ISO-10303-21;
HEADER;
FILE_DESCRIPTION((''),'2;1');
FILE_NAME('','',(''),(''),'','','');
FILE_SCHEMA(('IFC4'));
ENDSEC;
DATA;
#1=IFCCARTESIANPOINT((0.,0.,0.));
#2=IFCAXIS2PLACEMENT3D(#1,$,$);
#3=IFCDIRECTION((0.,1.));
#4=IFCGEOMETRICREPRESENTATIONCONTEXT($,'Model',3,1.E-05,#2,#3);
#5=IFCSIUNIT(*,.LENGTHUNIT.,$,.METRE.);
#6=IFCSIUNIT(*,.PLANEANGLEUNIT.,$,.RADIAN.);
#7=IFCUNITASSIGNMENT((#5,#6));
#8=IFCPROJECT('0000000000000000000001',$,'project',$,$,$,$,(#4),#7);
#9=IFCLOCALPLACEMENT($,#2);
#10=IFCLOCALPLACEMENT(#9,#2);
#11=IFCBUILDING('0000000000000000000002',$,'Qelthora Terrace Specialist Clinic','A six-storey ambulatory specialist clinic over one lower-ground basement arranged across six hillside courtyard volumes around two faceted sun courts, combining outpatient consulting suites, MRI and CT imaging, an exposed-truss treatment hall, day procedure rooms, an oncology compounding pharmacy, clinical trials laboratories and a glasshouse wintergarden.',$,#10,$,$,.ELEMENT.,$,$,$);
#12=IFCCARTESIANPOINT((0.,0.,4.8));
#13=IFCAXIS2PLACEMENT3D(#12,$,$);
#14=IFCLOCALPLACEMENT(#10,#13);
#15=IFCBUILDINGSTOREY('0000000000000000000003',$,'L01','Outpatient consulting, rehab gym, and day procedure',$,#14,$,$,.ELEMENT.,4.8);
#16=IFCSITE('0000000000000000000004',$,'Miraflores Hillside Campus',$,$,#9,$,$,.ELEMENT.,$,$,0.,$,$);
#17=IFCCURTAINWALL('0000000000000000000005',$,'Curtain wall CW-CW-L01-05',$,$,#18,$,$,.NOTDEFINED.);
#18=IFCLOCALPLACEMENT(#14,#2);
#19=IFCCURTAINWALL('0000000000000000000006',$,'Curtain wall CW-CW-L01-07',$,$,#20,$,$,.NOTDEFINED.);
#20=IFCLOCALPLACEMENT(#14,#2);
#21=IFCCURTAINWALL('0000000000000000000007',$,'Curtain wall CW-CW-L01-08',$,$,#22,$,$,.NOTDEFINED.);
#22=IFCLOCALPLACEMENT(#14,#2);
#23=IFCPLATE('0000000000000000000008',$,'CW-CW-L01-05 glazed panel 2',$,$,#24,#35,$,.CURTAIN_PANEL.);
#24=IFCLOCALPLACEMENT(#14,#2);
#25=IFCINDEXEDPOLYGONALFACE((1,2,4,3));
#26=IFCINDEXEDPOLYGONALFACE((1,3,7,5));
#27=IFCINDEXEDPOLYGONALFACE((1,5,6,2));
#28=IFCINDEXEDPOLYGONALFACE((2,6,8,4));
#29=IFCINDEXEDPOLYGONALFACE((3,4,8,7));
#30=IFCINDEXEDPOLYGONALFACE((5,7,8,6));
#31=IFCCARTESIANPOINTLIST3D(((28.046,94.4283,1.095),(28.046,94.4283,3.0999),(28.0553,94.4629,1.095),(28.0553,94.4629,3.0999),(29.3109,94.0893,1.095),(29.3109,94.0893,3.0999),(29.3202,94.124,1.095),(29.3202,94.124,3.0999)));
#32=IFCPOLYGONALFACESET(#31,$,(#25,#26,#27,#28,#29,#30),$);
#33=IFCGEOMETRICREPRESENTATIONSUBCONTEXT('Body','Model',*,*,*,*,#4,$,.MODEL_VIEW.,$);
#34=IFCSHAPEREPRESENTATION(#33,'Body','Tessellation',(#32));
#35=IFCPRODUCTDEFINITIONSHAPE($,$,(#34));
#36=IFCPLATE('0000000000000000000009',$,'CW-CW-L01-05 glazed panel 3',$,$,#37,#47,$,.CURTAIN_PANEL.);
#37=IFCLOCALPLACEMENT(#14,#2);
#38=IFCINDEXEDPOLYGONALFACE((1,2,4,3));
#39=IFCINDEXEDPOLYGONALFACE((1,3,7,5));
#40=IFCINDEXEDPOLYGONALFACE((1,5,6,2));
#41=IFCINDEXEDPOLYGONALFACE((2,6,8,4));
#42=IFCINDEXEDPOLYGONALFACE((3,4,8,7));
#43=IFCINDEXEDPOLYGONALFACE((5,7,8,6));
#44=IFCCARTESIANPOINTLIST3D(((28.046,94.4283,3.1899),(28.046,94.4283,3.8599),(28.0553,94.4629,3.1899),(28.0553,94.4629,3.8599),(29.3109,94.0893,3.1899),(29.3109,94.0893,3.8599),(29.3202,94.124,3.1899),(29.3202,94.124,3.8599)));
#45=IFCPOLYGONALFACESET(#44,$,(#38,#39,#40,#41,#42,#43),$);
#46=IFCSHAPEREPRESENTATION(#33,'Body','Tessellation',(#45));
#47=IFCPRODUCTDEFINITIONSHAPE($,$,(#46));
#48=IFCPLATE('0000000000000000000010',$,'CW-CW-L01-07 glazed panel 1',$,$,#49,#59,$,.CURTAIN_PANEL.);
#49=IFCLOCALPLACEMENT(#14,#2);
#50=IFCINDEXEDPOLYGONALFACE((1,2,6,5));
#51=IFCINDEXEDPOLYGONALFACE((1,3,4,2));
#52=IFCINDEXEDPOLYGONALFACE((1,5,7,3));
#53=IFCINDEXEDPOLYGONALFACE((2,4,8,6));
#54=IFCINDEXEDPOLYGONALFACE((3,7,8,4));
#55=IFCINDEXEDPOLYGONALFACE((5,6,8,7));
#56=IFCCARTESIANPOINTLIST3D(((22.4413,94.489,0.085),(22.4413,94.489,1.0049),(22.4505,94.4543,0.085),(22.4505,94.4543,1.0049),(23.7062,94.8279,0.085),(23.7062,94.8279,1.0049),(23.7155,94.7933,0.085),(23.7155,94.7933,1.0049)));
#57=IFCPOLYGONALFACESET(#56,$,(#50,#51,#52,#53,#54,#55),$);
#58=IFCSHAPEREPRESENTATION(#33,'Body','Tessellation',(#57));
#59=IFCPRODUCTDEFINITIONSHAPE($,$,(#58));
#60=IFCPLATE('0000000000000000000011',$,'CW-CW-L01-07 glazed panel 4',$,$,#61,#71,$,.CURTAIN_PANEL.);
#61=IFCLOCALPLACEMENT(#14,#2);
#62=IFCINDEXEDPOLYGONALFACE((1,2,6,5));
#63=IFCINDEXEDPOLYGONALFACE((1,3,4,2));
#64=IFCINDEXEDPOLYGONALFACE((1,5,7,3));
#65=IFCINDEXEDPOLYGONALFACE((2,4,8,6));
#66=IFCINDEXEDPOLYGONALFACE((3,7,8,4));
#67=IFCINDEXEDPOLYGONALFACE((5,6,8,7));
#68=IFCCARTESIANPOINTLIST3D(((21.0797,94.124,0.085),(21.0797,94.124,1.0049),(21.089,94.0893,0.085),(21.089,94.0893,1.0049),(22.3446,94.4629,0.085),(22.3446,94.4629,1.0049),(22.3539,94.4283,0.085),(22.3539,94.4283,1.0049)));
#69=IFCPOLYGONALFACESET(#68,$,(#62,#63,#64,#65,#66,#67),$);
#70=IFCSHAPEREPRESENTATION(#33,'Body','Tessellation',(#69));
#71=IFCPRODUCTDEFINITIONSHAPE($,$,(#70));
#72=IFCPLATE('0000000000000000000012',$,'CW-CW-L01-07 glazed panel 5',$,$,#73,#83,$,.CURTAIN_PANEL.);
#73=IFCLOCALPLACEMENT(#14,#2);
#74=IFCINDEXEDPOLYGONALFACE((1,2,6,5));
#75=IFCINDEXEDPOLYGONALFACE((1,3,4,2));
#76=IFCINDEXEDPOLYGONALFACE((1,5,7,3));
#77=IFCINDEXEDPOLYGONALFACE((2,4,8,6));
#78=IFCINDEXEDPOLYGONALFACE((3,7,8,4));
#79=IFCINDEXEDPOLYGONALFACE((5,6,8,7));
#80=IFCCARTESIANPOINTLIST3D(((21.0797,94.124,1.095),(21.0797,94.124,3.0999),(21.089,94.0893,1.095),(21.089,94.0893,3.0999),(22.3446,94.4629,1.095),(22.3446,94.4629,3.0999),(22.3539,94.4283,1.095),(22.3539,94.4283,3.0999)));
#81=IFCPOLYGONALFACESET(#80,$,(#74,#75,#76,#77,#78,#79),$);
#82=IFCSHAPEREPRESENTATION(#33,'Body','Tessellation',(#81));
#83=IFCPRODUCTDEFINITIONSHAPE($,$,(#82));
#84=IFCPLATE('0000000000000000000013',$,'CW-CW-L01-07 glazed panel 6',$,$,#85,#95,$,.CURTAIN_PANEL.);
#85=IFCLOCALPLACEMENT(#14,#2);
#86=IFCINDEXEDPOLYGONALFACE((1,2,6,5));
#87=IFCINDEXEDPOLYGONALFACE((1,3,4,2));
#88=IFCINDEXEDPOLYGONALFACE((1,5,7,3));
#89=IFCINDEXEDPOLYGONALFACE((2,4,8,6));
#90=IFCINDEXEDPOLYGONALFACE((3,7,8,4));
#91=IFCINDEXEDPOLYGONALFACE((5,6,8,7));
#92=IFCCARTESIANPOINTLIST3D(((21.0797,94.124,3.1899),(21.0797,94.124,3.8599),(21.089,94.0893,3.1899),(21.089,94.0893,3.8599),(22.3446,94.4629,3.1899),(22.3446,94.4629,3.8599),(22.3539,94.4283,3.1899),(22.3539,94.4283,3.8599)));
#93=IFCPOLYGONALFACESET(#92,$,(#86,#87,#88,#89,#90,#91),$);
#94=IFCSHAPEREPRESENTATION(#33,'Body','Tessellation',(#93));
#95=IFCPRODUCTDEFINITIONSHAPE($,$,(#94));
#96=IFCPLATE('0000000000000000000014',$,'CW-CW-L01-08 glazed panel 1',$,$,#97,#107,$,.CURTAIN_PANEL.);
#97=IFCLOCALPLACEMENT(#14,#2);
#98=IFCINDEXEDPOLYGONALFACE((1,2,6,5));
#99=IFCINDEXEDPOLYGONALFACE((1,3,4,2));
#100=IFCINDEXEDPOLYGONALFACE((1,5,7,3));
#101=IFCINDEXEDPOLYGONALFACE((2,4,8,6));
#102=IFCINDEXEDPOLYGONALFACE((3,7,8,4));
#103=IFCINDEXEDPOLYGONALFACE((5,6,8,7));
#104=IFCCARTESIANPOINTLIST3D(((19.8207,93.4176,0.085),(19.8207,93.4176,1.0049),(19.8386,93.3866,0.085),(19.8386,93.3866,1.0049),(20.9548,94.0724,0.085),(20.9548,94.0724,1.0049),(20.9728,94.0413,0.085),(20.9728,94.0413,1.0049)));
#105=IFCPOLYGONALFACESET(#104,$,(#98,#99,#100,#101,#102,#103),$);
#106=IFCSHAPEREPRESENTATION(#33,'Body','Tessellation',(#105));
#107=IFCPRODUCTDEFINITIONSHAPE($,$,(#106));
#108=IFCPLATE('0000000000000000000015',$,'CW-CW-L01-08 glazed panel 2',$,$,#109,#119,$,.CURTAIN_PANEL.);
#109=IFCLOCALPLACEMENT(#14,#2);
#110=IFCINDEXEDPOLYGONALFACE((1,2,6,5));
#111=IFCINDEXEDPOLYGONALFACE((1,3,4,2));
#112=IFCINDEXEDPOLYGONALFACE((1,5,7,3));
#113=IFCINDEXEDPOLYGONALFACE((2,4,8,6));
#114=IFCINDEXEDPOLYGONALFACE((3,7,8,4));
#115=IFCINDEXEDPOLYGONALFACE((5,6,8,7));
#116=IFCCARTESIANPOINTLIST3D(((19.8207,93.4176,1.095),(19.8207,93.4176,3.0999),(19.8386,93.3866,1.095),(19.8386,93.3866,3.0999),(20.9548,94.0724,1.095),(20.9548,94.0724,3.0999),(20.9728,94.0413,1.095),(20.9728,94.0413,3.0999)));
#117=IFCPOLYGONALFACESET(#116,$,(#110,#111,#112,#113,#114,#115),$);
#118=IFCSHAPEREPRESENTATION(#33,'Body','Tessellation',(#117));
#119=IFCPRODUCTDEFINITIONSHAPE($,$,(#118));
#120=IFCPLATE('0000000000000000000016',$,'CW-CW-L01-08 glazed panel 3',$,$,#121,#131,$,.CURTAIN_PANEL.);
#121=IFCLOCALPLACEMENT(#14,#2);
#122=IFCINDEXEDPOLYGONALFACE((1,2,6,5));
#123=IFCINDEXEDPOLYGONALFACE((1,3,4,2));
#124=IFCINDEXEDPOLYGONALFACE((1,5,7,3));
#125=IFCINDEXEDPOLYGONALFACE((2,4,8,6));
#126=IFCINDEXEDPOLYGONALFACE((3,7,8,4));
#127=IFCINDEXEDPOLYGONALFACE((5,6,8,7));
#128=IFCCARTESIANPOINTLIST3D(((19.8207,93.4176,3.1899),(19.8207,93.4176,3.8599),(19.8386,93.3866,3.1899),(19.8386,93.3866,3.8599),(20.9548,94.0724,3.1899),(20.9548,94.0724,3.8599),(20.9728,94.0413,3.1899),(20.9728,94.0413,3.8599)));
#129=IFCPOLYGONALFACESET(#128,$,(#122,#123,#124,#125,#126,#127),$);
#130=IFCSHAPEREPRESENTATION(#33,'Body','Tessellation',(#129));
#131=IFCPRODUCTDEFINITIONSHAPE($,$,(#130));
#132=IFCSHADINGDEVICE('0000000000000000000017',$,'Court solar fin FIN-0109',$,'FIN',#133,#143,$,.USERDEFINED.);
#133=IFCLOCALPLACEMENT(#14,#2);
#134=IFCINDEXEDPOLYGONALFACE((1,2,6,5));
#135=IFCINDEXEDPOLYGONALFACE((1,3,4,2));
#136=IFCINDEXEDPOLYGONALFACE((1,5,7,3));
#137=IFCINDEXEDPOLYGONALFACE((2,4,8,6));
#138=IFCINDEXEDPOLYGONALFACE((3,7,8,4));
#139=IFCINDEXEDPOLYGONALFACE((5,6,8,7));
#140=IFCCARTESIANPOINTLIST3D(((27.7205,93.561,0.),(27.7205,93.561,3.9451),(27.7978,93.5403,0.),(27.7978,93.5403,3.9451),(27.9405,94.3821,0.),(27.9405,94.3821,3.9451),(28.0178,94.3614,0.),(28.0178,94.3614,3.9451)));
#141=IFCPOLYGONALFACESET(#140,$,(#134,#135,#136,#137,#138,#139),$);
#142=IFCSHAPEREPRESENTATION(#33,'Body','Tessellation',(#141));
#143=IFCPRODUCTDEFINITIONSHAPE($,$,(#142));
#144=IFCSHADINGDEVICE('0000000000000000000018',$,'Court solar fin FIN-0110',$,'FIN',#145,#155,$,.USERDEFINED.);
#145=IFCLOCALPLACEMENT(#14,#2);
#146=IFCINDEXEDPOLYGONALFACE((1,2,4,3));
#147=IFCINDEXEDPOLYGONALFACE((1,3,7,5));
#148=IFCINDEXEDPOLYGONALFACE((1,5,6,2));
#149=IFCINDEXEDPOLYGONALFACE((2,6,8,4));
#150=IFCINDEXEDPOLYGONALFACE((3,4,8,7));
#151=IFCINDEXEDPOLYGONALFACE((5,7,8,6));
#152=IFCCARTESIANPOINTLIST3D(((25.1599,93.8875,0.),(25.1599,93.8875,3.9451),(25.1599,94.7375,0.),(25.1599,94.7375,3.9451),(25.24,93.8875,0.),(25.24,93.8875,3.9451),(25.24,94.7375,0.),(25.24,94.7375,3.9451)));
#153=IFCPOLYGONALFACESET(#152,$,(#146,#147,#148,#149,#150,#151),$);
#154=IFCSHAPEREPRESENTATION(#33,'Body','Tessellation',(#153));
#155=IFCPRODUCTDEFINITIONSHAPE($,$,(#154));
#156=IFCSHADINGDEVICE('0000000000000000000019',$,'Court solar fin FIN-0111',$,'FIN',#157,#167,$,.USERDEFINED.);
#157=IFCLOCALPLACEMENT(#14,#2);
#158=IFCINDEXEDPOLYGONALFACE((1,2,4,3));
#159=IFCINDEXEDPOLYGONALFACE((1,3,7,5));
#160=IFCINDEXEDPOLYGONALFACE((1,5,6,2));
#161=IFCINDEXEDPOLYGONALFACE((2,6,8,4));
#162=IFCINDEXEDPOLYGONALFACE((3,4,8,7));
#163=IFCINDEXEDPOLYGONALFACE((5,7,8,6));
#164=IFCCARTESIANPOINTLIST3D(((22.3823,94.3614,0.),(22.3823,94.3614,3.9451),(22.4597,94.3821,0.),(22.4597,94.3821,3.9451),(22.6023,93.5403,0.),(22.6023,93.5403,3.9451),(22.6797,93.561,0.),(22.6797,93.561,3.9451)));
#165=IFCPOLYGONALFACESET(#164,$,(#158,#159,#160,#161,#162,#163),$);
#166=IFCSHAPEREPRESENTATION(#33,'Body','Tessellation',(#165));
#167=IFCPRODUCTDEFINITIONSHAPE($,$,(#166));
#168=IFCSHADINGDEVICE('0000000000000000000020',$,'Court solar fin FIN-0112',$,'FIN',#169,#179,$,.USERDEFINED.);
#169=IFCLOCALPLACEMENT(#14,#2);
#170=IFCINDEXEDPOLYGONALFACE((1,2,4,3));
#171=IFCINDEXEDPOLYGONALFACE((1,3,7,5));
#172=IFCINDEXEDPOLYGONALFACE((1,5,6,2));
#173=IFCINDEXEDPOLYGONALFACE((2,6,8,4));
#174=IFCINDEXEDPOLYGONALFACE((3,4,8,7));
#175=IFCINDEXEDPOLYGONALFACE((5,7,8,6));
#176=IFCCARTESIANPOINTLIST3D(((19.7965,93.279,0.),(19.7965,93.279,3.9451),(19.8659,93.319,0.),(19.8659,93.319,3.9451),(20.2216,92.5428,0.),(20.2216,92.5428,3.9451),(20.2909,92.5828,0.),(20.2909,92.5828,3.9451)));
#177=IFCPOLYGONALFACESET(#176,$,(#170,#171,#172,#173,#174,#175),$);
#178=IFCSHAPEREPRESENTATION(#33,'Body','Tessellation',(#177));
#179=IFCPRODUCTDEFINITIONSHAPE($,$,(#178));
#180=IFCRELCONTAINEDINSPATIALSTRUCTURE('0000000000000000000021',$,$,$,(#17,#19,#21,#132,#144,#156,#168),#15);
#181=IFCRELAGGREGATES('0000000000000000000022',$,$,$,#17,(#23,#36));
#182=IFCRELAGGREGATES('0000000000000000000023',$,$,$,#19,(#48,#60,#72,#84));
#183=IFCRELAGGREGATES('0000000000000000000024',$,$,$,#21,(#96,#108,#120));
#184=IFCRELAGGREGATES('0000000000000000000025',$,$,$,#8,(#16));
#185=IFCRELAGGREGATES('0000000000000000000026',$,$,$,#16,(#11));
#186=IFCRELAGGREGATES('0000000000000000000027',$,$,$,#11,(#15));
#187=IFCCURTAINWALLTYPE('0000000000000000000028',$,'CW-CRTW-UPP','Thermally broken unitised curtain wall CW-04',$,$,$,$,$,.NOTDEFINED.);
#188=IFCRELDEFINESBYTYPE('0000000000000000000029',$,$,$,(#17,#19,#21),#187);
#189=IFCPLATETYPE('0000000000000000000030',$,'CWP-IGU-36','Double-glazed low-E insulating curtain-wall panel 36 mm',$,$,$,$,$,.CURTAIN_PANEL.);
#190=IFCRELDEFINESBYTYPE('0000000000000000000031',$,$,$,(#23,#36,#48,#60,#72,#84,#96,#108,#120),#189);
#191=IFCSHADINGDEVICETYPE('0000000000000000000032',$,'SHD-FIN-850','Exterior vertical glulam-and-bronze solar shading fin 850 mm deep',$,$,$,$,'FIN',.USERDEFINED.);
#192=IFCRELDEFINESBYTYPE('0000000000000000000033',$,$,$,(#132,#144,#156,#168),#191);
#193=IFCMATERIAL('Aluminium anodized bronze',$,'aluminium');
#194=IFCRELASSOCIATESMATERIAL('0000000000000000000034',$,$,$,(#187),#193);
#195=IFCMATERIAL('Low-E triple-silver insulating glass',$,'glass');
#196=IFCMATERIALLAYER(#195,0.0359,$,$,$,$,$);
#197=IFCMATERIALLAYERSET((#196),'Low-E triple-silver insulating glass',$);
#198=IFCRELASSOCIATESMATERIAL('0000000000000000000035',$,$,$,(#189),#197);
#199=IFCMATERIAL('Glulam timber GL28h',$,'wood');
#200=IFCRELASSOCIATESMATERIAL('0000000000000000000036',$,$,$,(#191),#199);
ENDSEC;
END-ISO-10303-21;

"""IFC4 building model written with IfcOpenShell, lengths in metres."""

from ifc_helpers import new_model, si_unit, direction, frame, origin, origin_2d, place, context, subcontext, project, spatial, rectangle, extrude, material, layer, layer_set, type_object, element, aggregate, save


model = new_model("IFC4")

# Units and contexts
model_context = context("Model", 3, precision=1e-05, world=origin(), true_north=direction((0.0, 1.0)))
body_context = subcontext(model_context, "Body", "Model", "MODEL_VIEW")
ifc_project = project(units=[si_unit("LENGTHUNIT", "METRE"), si_unit("PLANEANGLEUNIT", "RADIAN")], contexts=[model_context])

# Site, building, storey
site_placement = place(None, origin())
site = spatial("IfcSite", under=ifc_project, at=site_placement, Name="Miraflores Hillside Campus", CompositionType="ELEMENT", RefElevation=0.0)
building_placement = place(site_placement, origin())
building = spatial("IfcBuilding", under=site, at=building_placement, Name="Qelthora Terrace Specialist Clinic", Description="A six-storey ambulatory specialist clinic over one lower-ground basement arranged across six hillside courtyard volumes around two faceted sun courts, combining outpatient consulting suites, MRI and CT imaging, an exposed-truss treatment hall, day procedure rooms, an oncology compounding pharmacy, clinical trials laboratories and a glasshouse wintergarden.", CompositionType="ELEMENT")
storey_placement = place(building_placement, frame((0.0, 0.0, 4.8)))
storey = spatial("IfcBuildingStorey", under=building, at=storey_placement, Name="L01", Description="Outpatient consulting, rehab gym, and day procedure", CompositionType="ELEMENT", Elevation=4.8)

# Curtain walls
ifc_material_1 = material(Name="Aluminium anodized bronze", Category="aluminium")
curtain_wall_type = type_object("IfcCurtainWallType", Name="CW-CRTW-UPP", Description="Thermally broken unitised curtain wall CW-04", PredefinedType="NOTDEFINED", material=ifc_material_1)
curtain_wall_1_placement = place(storey_placement, origin())
curtain_wall_1 = element("IfcCurtainWall", 1, at=curtain_wall_1_placement, inside=storey, type_object=curtain_wall_type, Name="Curtain wall CW-CW-L01-05", PredefinedType="NOTDEFINED")
curtain_wall_2_placement = place(storey_placement, origin())
curtain_wall_2 = element("IfcCurtainWall", 2, at=curtain_wall_2_placement, inside=storey, type_object=curtain_wall_type, Name="Curtain wall CW-CW-L01-07", PredefinedType="NOTDEFINED")

# Curtain wall
curtain_wall_3_placement = place(storey_placement, origin())
curtain_wall_3 = element("IfcCurtainWall", 3, at=curtain_wall_3_placement, inside=storey, type_object=curtain_wall_type, Name="Curtain wall CW-CW-L01-08", PredefinedType="NOTDEFINED")

# Plates
ifc_material_2 = material(Name="Low-E triple-silver insulating glass", Category="glass")
ifc_layer = layer(ifc_material_2, 0.0359)
ifc_layer_set = layer_set([ifc_layer], Name="Low-E triple-silver insulating glass")
plate_type = type_object("IfcPlateType", Name="CWP-IGU-36", Description="Double-glazed low-E insulating curtain-wall panel 36 mm", PredefinedType="CURTAIN_PANEL", material=ifc_layer_set)
plate_1_placement = place(storey_placement, frame((28.6831, 94.2761, 1.095), z_axis=(0.0, 0.0, 1.0), x_axis=(-0.965925, 0.258821, 0.0)))
plate_1 = element("IfcPlate", 4, at=plate_1_placement, type_object=plate_type, Name="CW-CW-L01-05 glazed panel 2", PredefinedType="CURTAIN_PANEL", context=body_context, shape_type="SweptSolid", body=[
    extrude(rectangle(XDim=1.3096, YDim=0.0359, at=origin_2d()), origin(), (0.0, 0.0, 1.0), 2.0049),
])
plate_2_placement = place(storey_placement, frame((28.6831, 94.2761, 3.1899), z_axis=(0.0, 0.0, 1.0), x_axis=(-0.965925, 0.258821, 0.0)))
plate_2 = element("IfcPlate", 5, at=plate_2_placement, type_object=plate_type, Name="CW-CW-L01-05 glazed panel 3", PredefinedType="CURTAIN_PANEL", context=body_context, shape_type="SweptSolid", body=[
    extrude(rectangle(XDim=1.3096, YDim=0.0359, at=origin_2d()), origin(), (0.0, 0.0, 1.0), 0.6699),
])
aggregate(curtain_wall_1, [plate_1, plate_2])
plate_3_placement = place(storey_placement, frame((23.0784, 94.6411, 0.085), z_axis=(0.0, 0.0, 1.0), x_axis=(-0.965925, -0.258821, 0.0)))
plate_3 = element("IfcPlate", 6, at=plate_3_placement, type_object=plate_type, Name="CW-CW-L01-07 glazed panel 1", PredefinedType="CURTAIN_PANEL", context=body_context, shape_type="SweptSolid", body=[
    extrude(rectangle(XDim=1.3096, YDim=0.0359, at=origin_2d()), origin(), (0.0, 0.0, 1.0), 0.9199),
])
plate_4_placement = place(storey_placement, frame((21.7168, 94.2761, 0.085), z_axis=(0.0, 0.0, 1.0), x_axis=(-0.965925, -0.258821, 0.0)))
plate_4 = element("IfcPlate", 7, at=plate_4_placement, type_object=plate_type, Name="CW-CW-L01-07 glazed panel 4", PredefinedType="CURTAIN_PANEL", context=body_context, shape_type="SweptSolid", body=[
    extrude(rectangle(XDim=1.3096, YDim=0.0359, at=origin_2d()), origin(), (0.0, 0.0, 1.0), 0.9199),
])
plate_5_placement = place(storey_placement, frame((21.7168, 94.2761, 1.095), z_axis=(0.0, 0.0, 1.0), x_axis=(-0.965925, -0.258821, 0.0)))
plate_5 = element("IfcPlate", 8, at=plate_5_placement, type_object=plate_type, Name="CW-CW-L01-07 glazed panel 5", PredefinedType="CURTAIN_PANEL", context=body_context, shape_type="SweptSolid", body=[
    extrude(rectangle(XDim=1.3096, YDim=0.0359, at=origin_2d()), origin(), (0.0, 0.0, 1.0), 2.0049),
])
plate_6_placement = place(storey_placement, frame((21.7168, 94.2761, 3.1899), z_axis=(0.0, 0.0, 1.0), x_axis=(-0.965925, -0.258821, 0.0)))
plate_6 = element("IfcPlate", 9, at=plate_6_placement, type_object=plate_type, Name="CW-CW-L01-07 glazed panel 6", PredefinedType="CURTAIN_PANEL", context=body_context, shape_type="SweptSolid", body=[
    extrude(rectangle(XDim=1.3096, YDim=0.0359, at=origin_2d()), origin(), (0.0, 0.0, 1.0), 0.6699),
])
aggregate(curtain_wall_2, [plate_3, plate_4, plate_5, plate_6])
plate_7_placement = place(storey_placement, frame((20.3967, 93.7295, 0.085), z_axis=(0.0, 0.0, 1.0), x_axis=(-0.866025, -0.5, 0.0)))
plate_7 = element("IfcPlate", 10, at=plate_7_placement, type_object=plate_type, Name="CW-CW-L01-08 glazed panel 1", PredefinedType="CURTAIN_PANEL", context=body_context, shape_type="SweptSolid", body=[
    extrude(rectangle(XDim=1.3096, YDim=0.0359, at=origin_2d()), origin(), (0.0, 0.0, 1.0), 0.9199),
])
plate_8_placement = place(storey_placement, frame((20.3967, 93.7295, 1.095), z_axis=(0.0, 0.0, 1.0), x_axis=(-0.866025, -0.5, 0.0)))
plate_8 = element("IfcPlate", 11, at=plate_8_placement, type_object=plate_type, Name="CW-CW-L01-08 glazed panel 2", PredefinedType="CURTAIN_PANEL", context=body_context, shape_type="SweptSolid", body=[
    extrude(rectangle(XDim=1.3096, YDim=0.0359, at=origin_2d()), origin(), (0.0, 0.0, 1.0), 2.0049),
])
plate_9_placement = place(storey_placement, frame((20.3967, 93.7295, 3.1899), z_axis=(0.0, 0.0, 1.0), x_axis=(-0.866025, -0.5, 0.0)))
plate_9 = element("IfcPlate", 12, at=plate_9_placement, type_object=plate_type, Name="CW-CW-L01-08 glazed panel 3", PredefinedType="CURTAIN_PANEL", context=body_context, shape_type="SweptSolid", body=[
    extrude(rectangle(XDim=1.3096, YDim=0.0359, at=origin_2d()), origin(), (0.0, 0.0, 1.0), 0.6699),
])
aggregate(curtain_wall_3, [plate_7, plate_8, plate_9])

# Shading devices
ifc_material_3 = material(Name="Glulam timber GL28h", Category="wood")
shading_device_type = type_object("IfcShadingDeviceType", Name="SHD-FIN-850", Description="Exterior vertical glulam-and-bronze solar shading fin 850 mm deep", ElementType="FIN", PredefinedType="USERDEFINED", material=ifc_material_3)
for number, where, z_axis, x_axis, name in (
    (13, (27.8691, 93.9612, 0.0), (0.0, 0.0, 1.0), (-0.258819, -0.965926, 0.0), "Court solar fin FIN-0109"),
    (14, (25.2, 94.3125, 0.0), (0.0, 0.0, 1.0), (0.0, -1.0, 0.0), "Court solar fin FIN-0110"),
    (15, (22.531, 93.9612, 0.0), (0.0, 0.0, 1.0), (0.258819, -0.965926, 0.0), "Court solar fin FIN-0111"),
    (16, (20.0437, 92.9309, 0.0), (0.0, 0.0, 1.0), (0.5, -0.866025, 0.0), "Court solar fin FIN-0112"),
):
    element("IfcShadingDevice", number, at=place(storey_placement, frame(where, z_axis=z_axis, x_axis=x_axis)), inside=storey, type_object=shading_device_type, Name=name, ObjectType="FIN", PredefinedType="USERDEFINED", context=body_context, shape_type="SweptSolid", body=[
        extrude(rectangle(XDim=0.8501, YDim=0.0801, at=origin_2d()), origin(), (0.0, 0.0, 1.0), 3.9451),
    ])

save(model, "model.ifc")
